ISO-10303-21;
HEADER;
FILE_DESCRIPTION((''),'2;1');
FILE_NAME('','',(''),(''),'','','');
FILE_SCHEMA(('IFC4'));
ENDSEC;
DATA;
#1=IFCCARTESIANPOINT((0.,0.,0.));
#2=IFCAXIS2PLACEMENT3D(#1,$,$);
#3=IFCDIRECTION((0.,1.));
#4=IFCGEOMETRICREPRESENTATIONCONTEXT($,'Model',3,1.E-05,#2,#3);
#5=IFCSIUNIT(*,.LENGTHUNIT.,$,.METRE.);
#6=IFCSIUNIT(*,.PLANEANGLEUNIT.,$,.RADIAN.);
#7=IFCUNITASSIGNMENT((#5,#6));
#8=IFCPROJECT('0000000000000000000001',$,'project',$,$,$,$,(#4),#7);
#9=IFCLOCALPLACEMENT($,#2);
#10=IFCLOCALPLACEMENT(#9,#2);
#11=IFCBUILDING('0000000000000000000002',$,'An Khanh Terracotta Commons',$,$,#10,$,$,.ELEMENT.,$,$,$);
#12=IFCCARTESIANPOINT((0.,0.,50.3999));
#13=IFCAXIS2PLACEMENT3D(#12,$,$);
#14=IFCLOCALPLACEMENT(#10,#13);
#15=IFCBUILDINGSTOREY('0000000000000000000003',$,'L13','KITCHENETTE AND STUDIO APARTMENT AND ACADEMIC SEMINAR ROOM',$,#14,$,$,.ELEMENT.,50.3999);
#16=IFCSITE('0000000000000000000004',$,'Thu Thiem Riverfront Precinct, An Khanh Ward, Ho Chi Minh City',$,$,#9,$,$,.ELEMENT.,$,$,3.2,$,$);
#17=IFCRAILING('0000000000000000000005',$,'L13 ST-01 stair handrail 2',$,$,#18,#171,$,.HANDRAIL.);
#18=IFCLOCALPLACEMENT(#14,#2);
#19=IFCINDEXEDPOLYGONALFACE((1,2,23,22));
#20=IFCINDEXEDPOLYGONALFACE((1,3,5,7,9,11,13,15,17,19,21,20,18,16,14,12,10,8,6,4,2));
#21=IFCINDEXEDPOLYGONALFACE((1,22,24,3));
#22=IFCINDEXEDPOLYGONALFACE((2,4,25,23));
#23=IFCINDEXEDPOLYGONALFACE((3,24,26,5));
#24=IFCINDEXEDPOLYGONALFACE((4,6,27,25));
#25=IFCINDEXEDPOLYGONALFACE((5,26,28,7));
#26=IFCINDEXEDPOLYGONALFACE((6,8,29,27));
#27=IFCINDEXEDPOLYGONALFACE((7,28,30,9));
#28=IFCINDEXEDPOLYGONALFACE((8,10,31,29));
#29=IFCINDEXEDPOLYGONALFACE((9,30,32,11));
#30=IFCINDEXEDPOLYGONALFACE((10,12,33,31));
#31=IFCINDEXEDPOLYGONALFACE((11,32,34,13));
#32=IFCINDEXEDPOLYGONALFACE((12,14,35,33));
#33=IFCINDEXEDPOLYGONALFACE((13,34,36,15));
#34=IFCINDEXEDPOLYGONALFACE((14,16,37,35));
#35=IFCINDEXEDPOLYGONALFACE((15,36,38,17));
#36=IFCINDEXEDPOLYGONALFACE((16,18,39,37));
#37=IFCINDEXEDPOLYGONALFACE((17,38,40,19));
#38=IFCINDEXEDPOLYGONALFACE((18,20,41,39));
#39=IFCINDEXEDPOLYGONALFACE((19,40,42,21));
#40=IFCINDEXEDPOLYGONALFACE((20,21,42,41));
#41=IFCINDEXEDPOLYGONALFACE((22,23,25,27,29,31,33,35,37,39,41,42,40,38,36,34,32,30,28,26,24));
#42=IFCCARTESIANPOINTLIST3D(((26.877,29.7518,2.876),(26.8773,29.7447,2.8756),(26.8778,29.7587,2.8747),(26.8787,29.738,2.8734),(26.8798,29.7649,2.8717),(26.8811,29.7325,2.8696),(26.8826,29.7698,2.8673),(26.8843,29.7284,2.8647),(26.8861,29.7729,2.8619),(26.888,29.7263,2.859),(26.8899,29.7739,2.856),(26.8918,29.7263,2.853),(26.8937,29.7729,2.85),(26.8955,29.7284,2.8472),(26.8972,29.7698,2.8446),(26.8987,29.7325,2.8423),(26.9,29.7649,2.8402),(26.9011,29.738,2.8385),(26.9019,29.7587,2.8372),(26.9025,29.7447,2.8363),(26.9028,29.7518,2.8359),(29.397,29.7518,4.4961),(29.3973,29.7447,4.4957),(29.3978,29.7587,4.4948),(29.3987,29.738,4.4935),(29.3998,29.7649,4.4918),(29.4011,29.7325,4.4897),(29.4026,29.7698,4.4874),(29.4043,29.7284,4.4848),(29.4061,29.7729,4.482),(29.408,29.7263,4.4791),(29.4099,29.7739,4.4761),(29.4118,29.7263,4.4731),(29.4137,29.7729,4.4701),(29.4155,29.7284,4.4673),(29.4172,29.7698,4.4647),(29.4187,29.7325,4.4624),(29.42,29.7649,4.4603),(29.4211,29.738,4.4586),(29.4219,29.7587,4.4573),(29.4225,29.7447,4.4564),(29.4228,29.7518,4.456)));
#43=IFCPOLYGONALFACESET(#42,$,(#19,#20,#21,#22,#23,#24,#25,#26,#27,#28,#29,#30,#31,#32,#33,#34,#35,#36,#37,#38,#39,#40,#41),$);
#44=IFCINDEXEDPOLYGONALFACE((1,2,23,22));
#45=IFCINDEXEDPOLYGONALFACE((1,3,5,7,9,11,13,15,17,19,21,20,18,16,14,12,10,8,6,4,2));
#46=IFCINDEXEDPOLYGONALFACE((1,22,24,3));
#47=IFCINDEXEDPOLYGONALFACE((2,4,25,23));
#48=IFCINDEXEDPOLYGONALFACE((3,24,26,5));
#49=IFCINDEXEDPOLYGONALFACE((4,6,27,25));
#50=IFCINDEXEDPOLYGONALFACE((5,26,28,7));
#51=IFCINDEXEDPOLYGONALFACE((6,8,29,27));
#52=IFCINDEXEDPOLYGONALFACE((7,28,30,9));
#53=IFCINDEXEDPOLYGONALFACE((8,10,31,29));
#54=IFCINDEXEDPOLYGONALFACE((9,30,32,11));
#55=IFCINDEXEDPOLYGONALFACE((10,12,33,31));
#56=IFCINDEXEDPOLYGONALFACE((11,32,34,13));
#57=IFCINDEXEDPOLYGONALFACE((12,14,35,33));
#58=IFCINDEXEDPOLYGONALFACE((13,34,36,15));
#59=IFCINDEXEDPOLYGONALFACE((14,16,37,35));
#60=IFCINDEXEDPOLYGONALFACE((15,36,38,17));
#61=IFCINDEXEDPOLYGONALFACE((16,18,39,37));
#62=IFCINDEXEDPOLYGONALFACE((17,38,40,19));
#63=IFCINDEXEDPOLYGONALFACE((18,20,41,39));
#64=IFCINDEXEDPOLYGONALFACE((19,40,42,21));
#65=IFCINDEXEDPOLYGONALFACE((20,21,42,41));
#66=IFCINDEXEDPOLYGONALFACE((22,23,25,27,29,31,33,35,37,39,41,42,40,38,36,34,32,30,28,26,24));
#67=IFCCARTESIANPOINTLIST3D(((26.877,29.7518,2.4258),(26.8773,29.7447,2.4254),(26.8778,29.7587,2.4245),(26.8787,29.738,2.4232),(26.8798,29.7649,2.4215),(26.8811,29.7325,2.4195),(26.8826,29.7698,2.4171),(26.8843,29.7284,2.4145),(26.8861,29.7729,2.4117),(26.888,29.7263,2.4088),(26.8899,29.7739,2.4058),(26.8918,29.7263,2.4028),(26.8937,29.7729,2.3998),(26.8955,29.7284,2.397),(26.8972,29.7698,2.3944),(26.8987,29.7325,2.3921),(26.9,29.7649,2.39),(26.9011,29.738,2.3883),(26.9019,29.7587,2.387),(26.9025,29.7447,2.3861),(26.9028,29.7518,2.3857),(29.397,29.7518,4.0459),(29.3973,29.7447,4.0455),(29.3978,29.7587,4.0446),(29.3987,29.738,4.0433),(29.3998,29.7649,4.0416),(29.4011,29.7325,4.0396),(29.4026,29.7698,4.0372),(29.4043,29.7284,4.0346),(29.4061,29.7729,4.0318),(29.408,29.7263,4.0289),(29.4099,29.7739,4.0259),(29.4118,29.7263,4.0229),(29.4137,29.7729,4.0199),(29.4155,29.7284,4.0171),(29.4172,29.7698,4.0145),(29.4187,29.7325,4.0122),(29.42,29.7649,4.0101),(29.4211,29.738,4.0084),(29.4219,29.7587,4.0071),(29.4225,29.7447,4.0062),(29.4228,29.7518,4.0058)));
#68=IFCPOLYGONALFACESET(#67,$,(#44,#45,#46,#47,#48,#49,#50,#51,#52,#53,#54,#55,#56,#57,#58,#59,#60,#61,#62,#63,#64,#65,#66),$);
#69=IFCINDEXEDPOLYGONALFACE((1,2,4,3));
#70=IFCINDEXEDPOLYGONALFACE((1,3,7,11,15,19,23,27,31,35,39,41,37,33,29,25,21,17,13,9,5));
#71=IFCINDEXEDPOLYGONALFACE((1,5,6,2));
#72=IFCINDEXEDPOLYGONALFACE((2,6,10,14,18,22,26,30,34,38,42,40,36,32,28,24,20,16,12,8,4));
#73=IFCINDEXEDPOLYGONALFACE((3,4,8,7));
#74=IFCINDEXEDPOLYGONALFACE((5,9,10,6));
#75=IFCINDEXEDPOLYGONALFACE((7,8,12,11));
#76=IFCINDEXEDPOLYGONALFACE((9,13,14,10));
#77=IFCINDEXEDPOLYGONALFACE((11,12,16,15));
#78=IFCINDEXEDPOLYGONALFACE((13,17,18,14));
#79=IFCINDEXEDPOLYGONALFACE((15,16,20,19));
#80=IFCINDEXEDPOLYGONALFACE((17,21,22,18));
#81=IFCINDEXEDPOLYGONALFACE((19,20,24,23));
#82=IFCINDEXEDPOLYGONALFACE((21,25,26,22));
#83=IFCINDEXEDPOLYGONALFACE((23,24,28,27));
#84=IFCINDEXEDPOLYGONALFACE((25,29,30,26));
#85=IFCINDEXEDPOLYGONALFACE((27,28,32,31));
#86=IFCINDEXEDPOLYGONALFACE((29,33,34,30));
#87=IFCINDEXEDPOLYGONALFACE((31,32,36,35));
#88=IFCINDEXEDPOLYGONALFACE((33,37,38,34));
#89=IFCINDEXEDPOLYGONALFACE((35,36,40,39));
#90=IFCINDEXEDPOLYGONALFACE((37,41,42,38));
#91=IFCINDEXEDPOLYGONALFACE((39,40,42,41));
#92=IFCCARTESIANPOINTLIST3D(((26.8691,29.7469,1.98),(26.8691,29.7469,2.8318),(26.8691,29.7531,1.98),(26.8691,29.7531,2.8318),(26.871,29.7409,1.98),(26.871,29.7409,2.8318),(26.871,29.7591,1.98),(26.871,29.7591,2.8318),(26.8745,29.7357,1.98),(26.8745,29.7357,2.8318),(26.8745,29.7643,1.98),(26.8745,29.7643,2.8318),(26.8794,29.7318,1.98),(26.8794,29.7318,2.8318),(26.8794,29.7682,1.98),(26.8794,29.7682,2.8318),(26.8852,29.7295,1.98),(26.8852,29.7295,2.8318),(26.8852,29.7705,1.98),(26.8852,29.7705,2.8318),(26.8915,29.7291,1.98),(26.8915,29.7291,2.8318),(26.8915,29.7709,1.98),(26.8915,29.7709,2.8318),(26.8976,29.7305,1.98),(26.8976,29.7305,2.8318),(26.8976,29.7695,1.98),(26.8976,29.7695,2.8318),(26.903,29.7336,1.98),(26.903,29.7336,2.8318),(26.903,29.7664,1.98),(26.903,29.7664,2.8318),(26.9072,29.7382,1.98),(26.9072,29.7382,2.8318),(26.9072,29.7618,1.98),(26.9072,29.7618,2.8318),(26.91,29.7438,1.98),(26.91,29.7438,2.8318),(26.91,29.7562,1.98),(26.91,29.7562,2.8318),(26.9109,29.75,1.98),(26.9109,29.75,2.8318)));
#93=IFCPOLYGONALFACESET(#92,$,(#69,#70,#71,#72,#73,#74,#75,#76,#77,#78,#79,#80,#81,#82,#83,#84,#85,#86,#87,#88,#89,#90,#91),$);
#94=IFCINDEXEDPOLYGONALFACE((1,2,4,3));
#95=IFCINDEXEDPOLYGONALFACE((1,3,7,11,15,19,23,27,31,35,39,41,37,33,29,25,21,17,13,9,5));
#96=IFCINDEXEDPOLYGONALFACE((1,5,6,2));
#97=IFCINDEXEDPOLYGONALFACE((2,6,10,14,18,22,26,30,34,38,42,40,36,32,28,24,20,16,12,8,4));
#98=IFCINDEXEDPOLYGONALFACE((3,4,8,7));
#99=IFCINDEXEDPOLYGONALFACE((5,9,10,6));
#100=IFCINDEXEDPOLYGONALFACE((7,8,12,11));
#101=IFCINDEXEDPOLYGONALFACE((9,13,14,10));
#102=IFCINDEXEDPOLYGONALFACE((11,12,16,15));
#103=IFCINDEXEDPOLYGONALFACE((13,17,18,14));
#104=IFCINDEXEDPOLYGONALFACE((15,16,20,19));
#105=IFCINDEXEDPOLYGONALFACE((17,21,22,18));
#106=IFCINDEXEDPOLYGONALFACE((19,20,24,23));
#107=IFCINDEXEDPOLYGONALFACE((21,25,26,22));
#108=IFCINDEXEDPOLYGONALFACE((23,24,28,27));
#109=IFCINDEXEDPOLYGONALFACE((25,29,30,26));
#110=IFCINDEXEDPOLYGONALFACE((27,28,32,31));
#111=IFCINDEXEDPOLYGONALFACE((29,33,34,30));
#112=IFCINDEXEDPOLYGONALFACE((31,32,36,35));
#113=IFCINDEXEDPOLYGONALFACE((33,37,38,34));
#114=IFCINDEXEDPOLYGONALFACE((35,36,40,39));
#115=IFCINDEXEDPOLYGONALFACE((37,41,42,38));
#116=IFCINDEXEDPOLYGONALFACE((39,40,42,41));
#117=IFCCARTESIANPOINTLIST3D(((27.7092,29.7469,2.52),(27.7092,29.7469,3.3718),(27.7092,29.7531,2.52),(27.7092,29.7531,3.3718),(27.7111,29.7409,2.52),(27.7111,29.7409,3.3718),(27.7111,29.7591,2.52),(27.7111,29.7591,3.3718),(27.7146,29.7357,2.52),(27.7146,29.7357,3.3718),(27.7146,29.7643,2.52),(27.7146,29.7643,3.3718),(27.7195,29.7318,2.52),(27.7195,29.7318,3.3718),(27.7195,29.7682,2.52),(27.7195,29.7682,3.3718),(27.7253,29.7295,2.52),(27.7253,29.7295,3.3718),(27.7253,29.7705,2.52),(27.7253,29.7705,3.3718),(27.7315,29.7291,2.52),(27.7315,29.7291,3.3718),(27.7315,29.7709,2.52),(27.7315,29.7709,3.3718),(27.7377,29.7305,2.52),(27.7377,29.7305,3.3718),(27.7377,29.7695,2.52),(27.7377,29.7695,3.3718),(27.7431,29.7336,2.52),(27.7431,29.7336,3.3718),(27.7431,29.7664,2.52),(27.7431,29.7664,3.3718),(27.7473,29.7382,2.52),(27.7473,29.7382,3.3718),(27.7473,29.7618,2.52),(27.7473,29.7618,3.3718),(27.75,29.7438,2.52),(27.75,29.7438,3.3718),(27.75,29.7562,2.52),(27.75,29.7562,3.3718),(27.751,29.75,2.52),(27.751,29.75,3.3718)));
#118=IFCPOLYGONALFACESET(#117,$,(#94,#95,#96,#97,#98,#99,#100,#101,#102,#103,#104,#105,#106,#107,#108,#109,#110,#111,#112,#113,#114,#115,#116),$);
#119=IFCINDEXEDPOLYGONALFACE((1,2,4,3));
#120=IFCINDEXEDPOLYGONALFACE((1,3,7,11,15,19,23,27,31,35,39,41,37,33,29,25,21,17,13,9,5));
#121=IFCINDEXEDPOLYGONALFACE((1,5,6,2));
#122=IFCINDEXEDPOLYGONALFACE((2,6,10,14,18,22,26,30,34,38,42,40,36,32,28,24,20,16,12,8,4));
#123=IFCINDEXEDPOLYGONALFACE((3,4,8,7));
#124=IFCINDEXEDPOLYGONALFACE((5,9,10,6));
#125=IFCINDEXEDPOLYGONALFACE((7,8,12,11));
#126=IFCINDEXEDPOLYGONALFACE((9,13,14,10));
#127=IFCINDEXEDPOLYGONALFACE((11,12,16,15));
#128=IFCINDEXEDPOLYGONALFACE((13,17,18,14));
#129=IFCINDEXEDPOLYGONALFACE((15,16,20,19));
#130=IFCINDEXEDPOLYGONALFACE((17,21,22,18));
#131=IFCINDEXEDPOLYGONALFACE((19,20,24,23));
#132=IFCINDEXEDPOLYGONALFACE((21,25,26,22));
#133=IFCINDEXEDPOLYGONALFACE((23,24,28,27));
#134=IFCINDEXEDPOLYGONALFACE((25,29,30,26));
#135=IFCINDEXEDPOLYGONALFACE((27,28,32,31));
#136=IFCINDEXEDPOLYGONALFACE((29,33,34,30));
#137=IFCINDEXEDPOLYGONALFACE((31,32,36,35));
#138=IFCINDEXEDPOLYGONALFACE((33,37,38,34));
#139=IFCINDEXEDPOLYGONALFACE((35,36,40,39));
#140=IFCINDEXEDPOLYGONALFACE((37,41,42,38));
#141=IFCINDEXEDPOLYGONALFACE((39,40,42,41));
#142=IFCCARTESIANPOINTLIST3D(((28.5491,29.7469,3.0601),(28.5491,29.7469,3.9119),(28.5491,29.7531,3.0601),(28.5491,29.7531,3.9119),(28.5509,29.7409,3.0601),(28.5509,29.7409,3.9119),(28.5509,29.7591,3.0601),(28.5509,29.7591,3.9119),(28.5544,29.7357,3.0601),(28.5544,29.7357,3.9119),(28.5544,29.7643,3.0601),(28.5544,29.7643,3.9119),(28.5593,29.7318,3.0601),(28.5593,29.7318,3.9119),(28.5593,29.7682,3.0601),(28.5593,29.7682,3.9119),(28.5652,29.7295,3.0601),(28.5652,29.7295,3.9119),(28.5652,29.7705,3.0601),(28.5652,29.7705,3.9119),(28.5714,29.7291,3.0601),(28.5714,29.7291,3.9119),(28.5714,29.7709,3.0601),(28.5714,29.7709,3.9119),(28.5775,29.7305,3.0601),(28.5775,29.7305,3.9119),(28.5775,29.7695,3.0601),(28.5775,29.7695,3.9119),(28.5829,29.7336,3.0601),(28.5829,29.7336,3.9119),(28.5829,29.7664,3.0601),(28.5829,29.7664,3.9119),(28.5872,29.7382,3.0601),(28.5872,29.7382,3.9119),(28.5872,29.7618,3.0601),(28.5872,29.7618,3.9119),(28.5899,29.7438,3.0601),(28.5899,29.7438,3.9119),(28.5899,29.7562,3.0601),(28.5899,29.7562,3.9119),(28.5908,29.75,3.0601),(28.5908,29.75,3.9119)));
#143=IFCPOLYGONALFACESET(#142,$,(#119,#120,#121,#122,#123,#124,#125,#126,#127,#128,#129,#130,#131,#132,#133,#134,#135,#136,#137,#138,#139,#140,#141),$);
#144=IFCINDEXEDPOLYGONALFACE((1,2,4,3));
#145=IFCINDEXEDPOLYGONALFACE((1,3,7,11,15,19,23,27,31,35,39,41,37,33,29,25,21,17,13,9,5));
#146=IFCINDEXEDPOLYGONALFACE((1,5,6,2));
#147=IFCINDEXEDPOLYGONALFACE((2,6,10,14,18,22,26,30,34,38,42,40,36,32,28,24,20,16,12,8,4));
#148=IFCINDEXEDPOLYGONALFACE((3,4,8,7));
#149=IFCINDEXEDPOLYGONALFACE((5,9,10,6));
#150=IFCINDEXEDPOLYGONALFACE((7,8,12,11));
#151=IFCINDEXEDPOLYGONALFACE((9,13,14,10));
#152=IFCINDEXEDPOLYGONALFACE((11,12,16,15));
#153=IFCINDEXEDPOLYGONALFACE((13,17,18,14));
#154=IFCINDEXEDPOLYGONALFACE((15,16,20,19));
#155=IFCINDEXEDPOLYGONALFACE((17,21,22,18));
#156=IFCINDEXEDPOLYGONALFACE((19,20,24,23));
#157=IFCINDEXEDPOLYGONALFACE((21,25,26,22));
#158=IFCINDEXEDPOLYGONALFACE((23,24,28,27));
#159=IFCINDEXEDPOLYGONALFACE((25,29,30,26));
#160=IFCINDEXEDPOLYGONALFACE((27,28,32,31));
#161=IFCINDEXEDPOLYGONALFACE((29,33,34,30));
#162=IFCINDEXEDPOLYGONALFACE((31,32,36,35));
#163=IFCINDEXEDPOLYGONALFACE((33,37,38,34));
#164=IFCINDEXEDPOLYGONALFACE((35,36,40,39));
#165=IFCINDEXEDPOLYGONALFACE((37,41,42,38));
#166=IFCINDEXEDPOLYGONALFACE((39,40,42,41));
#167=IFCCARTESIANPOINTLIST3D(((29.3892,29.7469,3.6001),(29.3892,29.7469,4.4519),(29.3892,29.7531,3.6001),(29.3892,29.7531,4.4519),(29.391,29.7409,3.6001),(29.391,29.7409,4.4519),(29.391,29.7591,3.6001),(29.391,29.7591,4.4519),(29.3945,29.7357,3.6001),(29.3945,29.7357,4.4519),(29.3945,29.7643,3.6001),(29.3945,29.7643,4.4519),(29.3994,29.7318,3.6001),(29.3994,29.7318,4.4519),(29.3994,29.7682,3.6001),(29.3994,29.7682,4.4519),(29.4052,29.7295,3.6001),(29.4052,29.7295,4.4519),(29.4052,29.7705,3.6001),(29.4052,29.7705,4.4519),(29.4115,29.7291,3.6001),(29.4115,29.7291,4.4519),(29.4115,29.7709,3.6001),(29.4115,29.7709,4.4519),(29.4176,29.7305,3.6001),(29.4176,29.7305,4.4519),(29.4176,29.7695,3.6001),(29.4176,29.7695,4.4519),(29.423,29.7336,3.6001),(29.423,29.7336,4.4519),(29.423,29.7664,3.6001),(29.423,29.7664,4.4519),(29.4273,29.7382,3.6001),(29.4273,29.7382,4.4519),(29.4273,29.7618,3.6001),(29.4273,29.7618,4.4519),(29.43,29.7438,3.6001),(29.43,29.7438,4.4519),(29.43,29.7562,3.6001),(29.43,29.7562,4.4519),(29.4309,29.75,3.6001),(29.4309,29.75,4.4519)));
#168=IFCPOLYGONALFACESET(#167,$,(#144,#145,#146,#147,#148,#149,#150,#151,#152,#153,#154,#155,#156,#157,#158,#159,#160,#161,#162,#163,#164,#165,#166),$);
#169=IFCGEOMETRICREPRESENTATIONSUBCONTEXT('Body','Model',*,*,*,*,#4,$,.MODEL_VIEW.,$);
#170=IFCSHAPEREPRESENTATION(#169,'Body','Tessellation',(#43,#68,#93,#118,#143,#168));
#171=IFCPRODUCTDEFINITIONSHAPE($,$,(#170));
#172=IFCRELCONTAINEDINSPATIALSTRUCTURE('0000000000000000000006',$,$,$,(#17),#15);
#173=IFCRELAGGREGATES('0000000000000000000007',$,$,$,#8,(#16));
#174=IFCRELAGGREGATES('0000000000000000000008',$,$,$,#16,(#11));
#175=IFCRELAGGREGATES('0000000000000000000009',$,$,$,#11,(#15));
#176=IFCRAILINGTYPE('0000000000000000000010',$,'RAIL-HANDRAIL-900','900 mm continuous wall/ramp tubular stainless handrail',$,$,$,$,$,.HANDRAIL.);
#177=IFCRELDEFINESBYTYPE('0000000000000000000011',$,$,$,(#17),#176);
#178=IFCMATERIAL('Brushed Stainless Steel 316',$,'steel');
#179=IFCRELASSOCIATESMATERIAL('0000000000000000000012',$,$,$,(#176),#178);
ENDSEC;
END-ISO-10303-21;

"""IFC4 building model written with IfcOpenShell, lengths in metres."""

from ifc_helpers import new_model, si_unit, direction, frame, origin, origin_2d, place, context, subcontext, project, spatial, circle, extrude, material, type_object, element, save


model = new_model("IFC4")

# Units and contexts
model_context = context("Model", 3, precision=1e-05, world=origin(), true_north=direction((0.0, 1.0)))
body_context = subcontext(model_context, "Body", "Model", "MODEL_VIEW")
ifc_project = project(units=[si_unit("LENGTHUNIT", "METRE"), si_unit("PLANEANGLEUNIT", "RADIAN")], contexts=[model_context])

# Site, building, storey
site_placement = place(None, origin())
site = spatial("IfcSite", under=ifc_project, at=site_placement, Name="Thu Thiem Riverfront Precinct, An Khanh Ward, Ho Chi Minh City", CompositionType="ELEMENT", RefElevation=3.2)
building_placement = place(site_placement, origin())
building = spatial("IfcBuilding", under=site, at=building_placement, Name="An Khanh Terracotta Commons", CompositionType="ELEMENT")
storey_placement = place(building_placement, frame((0.0, 0.0, 50.3999)))
storey = spatial("IfcBuildingStorey", under=building, at=storey_placement, Name="L13", Description="KITCHENETTE AND STUDIO APARTMENT AND ACADEMIC SEMINAR ROOM", CompositionType="ELEMENT", Elevation=50.3999)

# Railing
ifc_material_1 = material(Name="Brushed Stainless Steel 316", Category="steel")
railing_type_1 = type_object("IfcRailingType", Name="RAIL-HANDRAIL-900", Description="900 mm continuous wall/ramp tubular stainless handrail", PredefinedType="HANDRAIL", material=ifc_material_1)
railing_1_placement = place(storey_placement, frame((26.8899, 29.75, 1.98)))
element("IfcRailing", 1, at=railing_1_placement, inside=storey, type_object=railing_type_1, Name="L13 ST-01 stair handrail 2", PredefinedType="HANDRAIL", context=body_context, shape_type="SweptSolid", body=[
    extrude(circle(Radius=0.0239, at=origin_2d()), frame((0.0, 0.0, 0.876), z_axis=(0.841163, 0.0, 0.540782), x_axis=(0.0, 1.0, 0.0)), (0.0, 0.0, 1.0), 2.9958),
    extrude(circle(Radius=0.0239, at=origin_2d()), frame((0.0, 0.0, 0.4258), z_axis=(0.841163, 0.0, 0.540782), x_axis=(0.0, 1.0, 0.0)), (0.0, 0.0, 1.0), 2.9958),
    extrude(circle(Radius=0.021, at=origin_2d()), origin(), (0.0, 0.0, 1.0), 0.8518),
    extrude(circle(Radius=0.021, at=origin_2d()), frame((0.8401, 0.0, 0.54)), (0.0, 0.0, 1.0), 0.8518),
    extrude(circle(Radius=0.021, at=origin_2d()), frame((1.6799, 0.0, 1.0801)), (0.0, 0.0, 1.0), 0.8518),
    extrude(circle(Radius=0.021, at=origin_2d()), frame((2.52, 0.0, 1.6201)), (0.0, 0.0, 1.0), 0.8518),
])

save(model, "model.ifc")
